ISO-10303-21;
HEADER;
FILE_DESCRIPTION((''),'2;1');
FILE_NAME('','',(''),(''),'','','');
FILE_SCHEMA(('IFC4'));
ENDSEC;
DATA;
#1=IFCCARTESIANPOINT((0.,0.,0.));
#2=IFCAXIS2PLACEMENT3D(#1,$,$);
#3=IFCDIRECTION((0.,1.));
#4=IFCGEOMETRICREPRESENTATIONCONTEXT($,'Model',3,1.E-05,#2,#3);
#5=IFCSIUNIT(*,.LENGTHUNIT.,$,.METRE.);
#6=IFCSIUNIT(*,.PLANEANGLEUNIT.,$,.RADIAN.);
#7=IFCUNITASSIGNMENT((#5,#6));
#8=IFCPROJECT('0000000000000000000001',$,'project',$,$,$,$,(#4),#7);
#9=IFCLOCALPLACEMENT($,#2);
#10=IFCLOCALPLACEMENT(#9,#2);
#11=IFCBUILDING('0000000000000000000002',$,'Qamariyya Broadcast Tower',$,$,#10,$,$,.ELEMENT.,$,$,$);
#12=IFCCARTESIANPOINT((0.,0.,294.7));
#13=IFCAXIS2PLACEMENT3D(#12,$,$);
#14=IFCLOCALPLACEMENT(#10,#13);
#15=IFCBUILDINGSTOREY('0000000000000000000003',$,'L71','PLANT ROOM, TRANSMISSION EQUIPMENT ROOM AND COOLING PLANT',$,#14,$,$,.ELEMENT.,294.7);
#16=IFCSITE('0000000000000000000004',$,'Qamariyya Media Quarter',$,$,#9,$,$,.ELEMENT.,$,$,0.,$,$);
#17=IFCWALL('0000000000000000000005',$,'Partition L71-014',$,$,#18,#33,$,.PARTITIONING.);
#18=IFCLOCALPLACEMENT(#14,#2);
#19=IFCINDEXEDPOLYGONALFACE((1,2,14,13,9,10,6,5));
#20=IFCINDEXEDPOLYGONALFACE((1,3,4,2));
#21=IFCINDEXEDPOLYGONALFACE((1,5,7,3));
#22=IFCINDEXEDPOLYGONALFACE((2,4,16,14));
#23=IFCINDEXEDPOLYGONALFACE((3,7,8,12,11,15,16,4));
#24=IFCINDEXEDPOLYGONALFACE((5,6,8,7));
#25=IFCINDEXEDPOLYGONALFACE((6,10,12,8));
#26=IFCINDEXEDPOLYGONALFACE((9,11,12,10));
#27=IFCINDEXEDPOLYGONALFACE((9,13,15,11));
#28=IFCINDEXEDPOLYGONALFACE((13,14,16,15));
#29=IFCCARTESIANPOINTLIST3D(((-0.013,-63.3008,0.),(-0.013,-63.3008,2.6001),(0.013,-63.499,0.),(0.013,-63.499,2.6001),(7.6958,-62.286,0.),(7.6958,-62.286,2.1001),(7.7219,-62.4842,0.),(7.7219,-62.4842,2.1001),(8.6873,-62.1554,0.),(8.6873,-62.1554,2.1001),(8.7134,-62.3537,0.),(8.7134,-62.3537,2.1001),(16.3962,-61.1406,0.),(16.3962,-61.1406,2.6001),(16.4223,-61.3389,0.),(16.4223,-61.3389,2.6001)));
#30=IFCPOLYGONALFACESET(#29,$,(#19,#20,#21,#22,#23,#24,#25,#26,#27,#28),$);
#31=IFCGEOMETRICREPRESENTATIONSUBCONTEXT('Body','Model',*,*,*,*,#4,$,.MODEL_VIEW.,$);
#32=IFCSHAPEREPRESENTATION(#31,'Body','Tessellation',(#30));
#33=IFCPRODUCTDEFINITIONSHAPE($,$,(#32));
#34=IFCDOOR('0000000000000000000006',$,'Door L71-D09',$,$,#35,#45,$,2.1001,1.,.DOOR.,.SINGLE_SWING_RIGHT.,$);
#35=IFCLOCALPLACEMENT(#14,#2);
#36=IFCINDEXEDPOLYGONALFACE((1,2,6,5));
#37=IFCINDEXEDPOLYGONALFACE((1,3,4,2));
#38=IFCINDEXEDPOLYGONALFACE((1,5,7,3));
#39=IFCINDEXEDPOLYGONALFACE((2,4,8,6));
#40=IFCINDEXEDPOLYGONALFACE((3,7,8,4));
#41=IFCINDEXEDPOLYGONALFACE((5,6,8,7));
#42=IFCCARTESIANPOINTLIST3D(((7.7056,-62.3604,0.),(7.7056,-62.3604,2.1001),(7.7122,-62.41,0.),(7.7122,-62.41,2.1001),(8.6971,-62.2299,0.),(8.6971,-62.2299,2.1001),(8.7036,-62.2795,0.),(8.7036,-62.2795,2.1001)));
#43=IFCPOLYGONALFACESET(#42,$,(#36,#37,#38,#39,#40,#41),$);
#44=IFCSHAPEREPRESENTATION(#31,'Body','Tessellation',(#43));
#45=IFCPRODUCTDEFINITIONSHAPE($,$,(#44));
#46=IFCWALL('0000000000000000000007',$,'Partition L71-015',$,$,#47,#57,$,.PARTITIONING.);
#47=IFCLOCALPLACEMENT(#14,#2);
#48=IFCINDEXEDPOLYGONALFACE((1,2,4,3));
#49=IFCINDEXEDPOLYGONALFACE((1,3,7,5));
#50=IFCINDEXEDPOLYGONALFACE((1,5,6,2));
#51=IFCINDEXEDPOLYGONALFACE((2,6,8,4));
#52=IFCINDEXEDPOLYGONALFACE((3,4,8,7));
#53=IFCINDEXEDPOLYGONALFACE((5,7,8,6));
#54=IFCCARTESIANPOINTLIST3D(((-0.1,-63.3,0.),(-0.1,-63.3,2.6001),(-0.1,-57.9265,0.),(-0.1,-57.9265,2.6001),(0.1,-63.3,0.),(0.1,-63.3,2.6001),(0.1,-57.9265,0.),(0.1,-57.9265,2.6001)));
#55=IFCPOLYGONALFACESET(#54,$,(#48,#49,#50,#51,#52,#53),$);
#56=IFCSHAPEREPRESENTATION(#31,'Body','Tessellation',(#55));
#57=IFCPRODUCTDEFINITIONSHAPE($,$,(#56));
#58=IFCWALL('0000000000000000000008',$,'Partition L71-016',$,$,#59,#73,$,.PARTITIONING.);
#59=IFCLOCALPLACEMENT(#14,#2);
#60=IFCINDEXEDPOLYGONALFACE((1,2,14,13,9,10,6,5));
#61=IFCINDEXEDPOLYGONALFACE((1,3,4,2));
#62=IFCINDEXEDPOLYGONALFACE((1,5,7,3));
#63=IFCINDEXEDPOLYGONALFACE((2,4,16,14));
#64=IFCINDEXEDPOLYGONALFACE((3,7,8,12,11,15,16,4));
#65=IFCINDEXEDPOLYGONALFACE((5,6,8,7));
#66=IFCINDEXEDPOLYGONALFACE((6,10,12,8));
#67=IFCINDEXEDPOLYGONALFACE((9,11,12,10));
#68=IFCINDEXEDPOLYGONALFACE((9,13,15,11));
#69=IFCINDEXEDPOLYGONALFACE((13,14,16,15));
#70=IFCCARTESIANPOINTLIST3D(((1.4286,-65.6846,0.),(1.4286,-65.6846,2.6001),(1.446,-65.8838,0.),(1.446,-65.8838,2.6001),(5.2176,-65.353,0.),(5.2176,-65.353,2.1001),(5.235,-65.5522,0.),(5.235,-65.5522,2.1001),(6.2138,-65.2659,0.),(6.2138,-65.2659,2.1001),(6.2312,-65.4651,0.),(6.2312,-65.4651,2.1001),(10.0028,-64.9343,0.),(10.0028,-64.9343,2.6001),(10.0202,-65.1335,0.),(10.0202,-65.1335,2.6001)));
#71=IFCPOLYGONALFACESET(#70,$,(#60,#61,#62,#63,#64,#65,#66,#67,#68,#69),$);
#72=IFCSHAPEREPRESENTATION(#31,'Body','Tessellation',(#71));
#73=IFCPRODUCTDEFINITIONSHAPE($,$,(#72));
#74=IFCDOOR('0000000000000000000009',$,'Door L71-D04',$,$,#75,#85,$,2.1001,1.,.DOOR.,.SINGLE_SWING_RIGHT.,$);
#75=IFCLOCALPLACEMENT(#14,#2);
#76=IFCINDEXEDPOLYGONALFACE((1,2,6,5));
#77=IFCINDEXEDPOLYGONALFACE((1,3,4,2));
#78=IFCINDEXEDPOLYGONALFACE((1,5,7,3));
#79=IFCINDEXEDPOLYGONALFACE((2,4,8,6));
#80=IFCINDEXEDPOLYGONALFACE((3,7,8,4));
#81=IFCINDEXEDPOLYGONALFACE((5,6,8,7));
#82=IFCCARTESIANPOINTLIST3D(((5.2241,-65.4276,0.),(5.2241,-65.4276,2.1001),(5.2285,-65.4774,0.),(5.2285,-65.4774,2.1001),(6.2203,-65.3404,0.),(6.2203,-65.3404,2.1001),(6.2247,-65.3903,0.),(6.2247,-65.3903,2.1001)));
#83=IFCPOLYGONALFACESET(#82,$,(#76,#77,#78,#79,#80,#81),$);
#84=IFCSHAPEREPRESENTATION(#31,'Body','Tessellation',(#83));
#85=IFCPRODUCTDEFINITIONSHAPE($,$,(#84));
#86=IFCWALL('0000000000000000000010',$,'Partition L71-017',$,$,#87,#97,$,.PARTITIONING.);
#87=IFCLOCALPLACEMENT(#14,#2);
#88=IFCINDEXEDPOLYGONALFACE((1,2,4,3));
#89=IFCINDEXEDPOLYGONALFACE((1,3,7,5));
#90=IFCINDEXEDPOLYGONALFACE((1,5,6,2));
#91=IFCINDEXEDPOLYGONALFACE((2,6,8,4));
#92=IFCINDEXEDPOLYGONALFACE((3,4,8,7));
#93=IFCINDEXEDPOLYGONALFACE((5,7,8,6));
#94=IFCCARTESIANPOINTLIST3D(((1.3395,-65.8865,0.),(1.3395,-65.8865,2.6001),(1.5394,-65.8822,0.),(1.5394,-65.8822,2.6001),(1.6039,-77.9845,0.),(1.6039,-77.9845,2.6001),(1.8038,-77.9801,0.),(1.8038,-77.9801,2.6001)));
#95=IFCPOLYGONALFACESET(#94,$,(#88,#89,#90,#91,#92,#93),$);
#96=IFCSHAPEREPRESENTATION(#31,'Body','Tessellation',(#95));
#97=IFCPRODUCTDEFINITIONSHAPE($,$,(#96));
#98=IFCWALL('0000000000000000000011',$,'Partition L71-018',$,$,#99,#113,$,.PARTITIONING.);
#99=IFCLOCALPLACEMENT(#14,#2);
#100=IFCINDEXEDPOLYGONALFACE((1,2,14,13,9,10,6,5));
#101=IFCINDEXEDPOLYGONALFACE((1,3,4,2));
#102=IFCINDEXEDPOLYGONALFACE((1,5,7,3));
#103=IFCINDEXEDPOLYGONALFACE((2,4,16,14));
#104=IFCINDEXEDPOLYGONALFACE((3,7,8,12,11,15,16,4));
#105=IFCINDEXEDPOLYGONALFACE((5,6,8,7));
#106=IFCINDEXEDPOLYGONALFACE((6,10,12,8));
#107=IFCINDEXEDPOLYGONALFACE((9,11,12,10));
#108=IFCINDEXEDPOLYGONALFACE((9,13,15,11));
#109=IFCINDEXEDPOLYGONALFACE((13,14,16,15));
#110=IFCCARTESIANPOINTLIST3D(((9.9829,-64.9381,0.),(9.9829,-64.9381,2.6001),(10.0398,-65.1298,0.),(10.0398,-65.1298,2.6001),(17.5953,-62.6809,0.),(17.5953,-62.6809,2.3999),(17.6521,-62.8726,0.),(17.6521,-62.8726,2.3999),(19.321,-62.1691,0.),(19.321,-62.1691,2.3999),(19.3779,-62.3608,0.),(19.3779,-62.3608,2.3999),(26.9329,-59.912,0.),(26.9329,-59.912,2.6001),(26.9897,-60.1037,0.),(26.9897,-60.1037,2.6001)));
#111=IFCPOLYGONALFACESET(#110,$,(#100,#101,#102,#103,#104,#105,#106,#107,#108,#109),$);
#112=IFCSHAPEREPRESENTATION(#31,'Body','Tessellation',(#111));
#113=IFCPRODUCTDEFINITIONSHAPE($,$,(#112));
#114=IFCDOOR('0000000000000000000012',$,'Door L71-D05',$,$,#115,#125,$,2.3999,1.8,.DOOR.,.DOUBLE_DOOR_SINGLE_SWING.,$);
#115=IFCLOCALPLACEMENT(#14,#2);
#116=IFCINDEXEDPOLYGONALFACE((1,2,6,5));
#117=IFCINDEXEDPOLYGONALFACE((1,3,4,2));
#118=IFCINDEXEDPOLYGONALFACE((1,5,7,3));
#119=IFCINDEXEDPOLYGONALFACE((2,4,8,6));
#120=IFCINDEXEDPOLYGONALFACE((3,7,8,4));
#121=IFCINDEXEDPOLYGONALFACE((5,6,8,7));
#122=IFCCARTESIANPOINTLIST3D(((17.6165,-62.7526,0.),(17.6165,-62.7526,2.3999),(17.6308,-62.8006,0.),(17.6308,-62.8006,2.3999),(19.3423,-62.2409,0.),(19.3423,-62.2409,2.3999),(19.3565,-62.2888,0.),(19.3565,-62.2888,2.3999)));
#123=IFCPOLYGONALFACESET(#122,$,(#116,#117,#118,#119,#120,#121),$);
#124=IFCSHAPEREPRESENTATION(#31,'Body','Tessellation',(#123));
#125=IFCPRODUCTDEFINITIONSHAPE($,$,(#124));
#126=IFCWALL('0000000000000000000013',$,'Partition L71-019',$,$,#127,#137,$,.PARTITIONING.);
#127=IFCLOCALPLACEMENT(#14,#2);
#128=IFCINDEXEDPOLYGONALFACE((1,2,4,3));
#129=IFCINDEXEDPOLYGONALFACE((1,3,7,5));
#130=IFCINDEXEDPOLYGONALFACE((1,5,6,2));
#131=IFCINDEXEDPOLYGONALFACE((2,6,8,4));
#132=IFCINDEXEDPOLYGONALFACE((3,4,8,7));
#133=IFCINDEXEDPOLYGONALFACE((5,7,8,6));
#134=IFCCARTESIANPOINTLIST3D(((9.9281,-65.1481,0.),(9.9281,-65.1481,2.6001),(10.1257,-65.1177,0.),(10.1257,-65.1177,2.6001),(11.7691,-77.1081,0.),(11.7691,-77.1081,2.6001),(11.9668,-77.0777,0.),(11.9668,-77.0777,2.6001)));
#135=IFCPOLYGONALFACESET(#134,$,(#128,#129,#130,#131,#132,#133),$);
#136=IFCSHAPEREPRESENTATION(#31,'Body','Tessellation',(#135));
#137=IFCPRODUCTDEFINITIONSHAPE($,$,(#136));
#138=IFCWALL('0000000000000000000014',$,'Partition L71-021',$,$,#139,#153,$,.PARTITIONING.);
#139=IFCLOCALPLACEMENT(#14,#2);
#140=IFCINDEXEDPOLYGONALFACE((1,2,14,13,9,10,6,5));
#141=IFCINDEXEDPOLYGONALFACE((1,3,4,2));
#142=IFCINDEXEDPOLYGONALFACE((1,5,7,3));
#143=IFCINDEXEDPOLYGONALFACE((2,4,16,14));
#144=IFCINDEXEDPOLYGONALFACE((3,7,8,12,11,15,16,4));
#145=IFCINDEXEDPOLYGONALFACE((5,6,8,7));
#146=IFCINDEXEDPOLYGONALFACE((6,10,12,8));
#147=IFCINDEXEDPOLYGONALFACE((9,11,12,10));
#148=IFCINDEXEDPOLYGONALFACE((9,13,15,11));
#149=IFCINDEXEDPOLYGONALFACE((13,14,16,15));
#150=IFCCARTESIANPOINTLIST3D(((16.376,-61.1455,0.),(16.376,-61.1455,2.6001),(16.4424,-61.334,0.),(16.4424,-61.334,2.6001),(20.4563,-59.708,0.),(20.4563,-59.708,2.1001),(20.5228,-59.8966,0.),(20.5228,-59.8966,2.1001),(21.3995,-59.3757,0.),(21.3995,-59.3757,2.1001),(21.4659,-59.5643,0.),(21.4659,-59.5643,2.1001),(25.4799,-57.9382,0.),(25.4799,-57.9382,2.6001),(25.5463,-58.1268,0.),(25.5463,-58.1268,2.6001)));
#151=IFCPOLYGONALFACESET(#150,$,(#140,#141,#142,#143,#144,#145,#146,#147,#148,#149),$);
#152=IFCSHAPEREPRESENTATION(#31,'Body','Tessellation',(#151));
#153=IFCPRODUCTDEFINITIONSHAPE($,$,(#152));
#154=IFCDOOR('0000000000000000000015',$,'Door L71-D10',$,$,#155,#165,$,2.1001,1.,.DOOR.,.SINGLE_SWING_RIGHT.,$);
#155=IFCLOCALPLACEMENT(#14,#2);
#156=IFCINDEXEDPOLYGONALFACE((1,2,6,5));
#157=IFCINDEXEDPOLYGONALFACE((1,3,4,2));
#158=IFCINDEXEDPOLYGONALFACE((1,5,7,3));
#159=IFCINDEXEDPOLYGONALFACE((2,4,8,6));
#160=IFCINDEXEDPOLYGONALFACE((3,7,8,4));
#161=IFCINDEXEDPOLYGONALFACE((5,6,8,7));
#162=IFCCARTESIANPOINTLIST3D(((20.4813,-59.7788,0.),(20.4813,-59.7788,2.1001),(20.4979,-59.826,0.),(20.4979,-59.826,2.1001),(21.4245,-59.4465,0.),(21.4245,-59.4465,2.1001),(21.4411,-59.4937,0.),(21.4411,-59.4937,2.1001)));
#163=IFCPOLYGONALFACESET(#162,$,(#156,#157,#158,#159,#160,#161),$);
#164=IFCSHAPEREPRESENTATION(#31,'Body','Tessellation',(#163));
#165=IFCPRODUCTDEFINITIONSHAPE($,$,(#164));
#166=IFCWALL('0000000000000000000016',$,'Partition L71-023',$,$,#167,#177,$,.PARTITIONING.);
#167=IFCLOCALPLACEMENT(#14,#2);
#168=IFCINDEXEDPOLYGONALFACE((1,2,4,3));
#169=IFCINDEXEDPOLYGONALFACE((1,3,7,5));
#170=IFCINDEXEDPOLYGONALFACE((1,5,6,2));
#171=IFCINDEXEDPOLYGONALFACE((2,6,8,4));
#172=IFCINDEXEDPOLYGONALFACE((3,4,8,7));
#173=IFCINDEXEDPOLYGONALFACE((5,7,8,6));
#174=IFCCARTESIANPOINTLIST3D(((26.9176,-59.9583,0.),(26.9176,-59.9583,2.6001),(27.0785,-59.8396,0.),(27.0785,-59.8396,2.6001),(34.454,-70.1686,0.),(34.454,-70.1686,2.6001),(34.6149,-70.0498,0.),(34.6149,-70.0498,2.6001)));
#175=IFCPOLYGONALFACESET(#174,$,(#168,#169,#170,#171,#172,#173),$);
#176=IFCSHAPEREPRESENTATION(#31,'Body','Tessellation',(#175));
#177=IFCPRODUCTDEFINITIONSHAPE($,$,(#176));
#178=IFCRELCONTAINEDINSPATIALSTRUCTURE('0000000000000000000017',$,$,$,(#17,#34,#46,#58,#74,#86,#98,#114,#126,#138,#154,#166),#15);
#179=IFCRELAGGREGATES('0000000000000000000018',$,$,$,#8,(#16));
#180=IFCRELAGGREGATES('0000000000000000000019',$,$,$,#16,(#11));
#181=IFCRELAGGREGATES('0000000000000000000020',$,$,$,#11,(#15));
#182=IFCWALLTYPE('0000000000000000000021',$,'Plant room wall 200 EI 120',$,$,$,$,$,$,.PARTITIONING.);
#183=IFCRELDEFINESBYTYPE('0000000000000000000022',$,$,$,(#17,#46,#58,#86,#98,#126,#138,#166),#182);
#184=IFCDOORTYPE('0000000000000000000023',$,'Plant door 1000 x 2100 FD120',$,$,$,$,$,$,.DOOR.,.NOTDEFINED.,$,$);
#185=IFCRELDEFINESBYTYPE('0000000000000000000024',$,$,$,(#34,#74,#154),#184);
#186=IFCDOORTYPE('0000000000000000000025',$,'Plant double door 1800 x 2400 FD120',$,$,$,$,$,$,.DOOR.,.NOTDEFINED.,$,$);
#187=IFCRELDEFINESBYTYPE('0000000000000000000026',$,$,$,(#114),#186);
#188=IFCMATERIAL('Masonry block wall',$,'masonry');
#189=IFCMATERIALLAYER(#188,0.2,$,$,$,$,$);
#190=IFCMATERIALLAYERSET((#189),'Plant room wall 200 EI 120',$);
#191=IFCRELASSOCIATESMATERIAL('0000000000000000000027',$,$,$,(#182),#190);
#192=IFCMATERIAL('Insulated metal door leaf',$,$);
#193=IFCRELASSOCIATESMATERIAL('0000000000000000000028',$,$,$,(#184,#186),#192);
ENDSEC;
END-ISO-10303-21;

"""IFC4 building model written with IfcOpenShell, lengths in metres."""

from ifc_helpers import new_model, si_unit, direction, frame, frame_2d, origin, place, context, subcontext, project, spatial, rectangle, extrude, material, layer, layer_set, type_object, element, fill, save


model = new_model("IFC4")

# Units and contexts
model_context = context("Model", 3, precision=1e-05, world=origin(), true_north=direction((0.0, 1.0)))
body_context = subcontext(model_context, "Body", "Model", "MODEL_VIEW")
ifc_project = project(units=[si_unit("LENGTHUNIT", "METRE"), si_unit("PLANEANGLEUNIT", "RADIAN")], contexts=[model_context])

# Site, building, storey
site_placement = place(None, origin())
site = spatial("IfcSite", under=ifc_project, at=site_placement, Name="Qamariyya Media Quarter", CompositionType="ELEMENT", RefElevation=0.0)
building_placement = place(site_placement, origin())
building = spatial("IfcBuilding", under=site, at=building_placement, Name="Qamariyya Broadcast Tower", CompositionType="ELEMENT")
storey_placement = place(building_placement, frame((0.0, 0.0, 294.7)))
storey = spatial("IfcBuildingStorey", under=building, at=storey_placement, Name="L71", Description="PLANT ROOM, TRANSMISSION EQUIPMENT ROOM AND COOLING PLANT", CompositionType="ELEMENT", Elevation=294.7)

# Wall, opening, door
ifc_material_1 = material(Name="Masonry block wall", Category="masonry")
ifc_layer_1 = layer(ifc_material_1, 0.2)
ifc_layer_set_1 = layer_set([ifc_layer_1], Name="Plant room wall 200 EI 120")
wall_type_1 = type_object("IfcWallType", Name="Plant room wall 200 EI 120", PredefinedType="PARTITIONING", material=ifc_layer_set_1)
ifc_material_2 = material(Name="Insulated metal door leaf")
door_type_1 = type_object("IfcDoorType", Name="Plant door 1000 x 2100 FD120", OperationType="NOTDEFINED", PredefinedType="DOOR", material=ifc_material_2)
wall_1_placement = place(storey_placement, frame((0.0, -63.3999, 0.0), z_axis=(0.0, 0.0, 1.0), x_axis=(0.991446, 0.130517, 0.0)))
wall_1 = element("IfcWall", 1, at=wall_1_placement, inside=storey, type_object=wall_type_1, Name="Partition L71-014", PredefinedType="PARTITIONING", context=body_context, shape_type="SweptSolid", body=[
    extrude(rectangle(XDim=16.5508, YDim=0.2, at=frame_2d((8.2754, 0.0))), origin(), (0.0, 0.0, 1.0), 2.6001),
])
opening_1_placement = place(wall_1_placement, frame((7.7754, 0.0, 0.0)))
opening_1 = element("IfcOpeningElement", 2, at=opening_1_placement, cuts=wall_1, PredefinedType="OPENING", context=body_context, shape_type="SweptSolid", body=[
    extrude(rectangle(XDim=1.0, YDim=2.1001, at=frame_2d((0.5, 1.05))), frame((0.0, 0.1099, 0.0), z_axis=(0.0, -1.0, 0.0), x_axis=(1.0, 0.0, 0.0)), (0.0, 0.0, 1.0), 0.22),
])
door_1_placement = place(opening_1_placement, origin())
door_1 = element("IfcDoor", 3, at=door_1_placement, inside=storey, type_object=door_type_1, Name="Door L71-D09", OperationType="SINGLE_SWING_RIGHT", OverallHeight=2.1001, OverallWidth=1.0, PredefinedType="DOOR", context=body_context, shape_type="SweptSolid", body=[
    extrude(rectangle(XDim=1.0, YDim=2.1001, at=frame_2d((0.5, 1.05))), frame((0.0, 0.0249, 0.0), z_axis=(0.0, -1.0, 0.0), x_axis=(1.0, 0.0, 0.0)), (0.0, 0.0, 1.0), 0.05),
])
fill(opening_1, door_1)

# Wall
wall_2_placement = place(storey_placement, frame((0.0, -57.9265, 0.0), z_axis=(0.0, 0.0, 1.0), x_axis=(0.0, -1.0, 0.0)))
element("IfcWall", 4, at=wall_2_placement, inside=storey, type_object=wall_type_1, Name="Partition L71-015", PredefinedType="PARTITIONING", context=body_context, shape_type="SweptSolid", body=[
    extrude(rectangle(XDim=5.3735, YDim=0.2, at=frame_2d((2.6868, 0.0))), origin(), (0.0, 0.0, 1.0), 2.6001),
])

# Wall, opening, door
wall_3_placement = place(storey_placement, frame((10.0115, -65.0339, 0.0), z_axis=(0.0, 0.0, 1.0), x_axis=(-0.996194, -0.087167, 0.0)))
wall_3 = element("IfcWall", 5, at=wall_3_placement, inside=storey, type_object=wall_type_1, Name="Partition L71-016", PredefinedType="PARTITIONING", context=body_context, shape_type="SweptSolid", body=[
    extrude(rectangle(XDim=8.6069, YDim=0.2, at=frame_2d((4.3035, 0.0))), origin(), (0.0, 0.0, 1.0), 2.6001),
])
opening_2_placement = place(wall_3_placement, frame((3.8035, 0.0, 0.0)))
opening_2 = element("IfcOpeningElement", 6, at=opening_2_placement, cuts=wall_3, PredefinedType="OPENING", context=body_context, shape_type="SweptSolid", body=[
    extrude(rectangle(XDim=1.0, YDim=2.1001, at=frame_2d((0.5, 1.05))), frame((0.0, 0.1099, 0.0), z_axis=(0.0, -1.0, 0.0), x_axis=(1.0, 0.0, 0.0)), (0.0, 0.0, 1.0), 0.22),
])
door_2_placement = place(opening_2_placement, origin())
door_2 = element("IfcDoor", 7, at=door_2_placement, inside=storey, type_object=door_type_1, Name="Door L71-D04", OperationType="SINGLE_SWING_RIGHT", OverallHeight=2.1001, OverallWidth=1.0, PredefinedType="DOOR", context=body_context, shape_type="SweptSolid", body=[
    extrude(rectangle(XDim=1.0, YDim=2.1001, at=frame_2d((0.5, 1.05))), frame((0.0, 0.0249, 0.0), z_axis=(0.0, -1.0, 0.0), x_axis=(1.0, 0.0, 0.0)), (0.0, 0.0, 1.0), 0.05),
])
fill(opening_2, door_2)

# Wall
wall_4_placement = place(storey_placement, frame((1.7039, -77.9822, 0.0), z_axis=(0.0, 0.0, 1.0), x_axis=(-0.02185, 0.999761, 0.0)))
element("IfcWall", 8, at=wall_4_placement, inside=storey, type_object=wall_type_1, Name="Partition L71-017", PredefinedType="PARTITIONING", context=body_context, shape_type="SweptSolid", body=[
    extrude(rectangle(XDim=12.1008, YDim=0.2, at=frame_2d((6.0503, 0.0))), origin(), (0.0, 0.0, 1.0), 2.6001),
])

# Wall, opening, door
wall_5_placement = place(storey_placement, frame((26.9614, -60.0078, 0.0), z_axis=(0.0, 0.0, 1.0), x_axis=(-0.958738, -0.284292, 0.0)))
wall_5 = element("IfcWall", 9, at=wall_5_placement, inside=storey, type_object=wall_type_1, Name="Partition L71-018", PredefinedType="PARTITIONING", context=body_context, shape_type="SweptSolid", body=[
    extrude(rectangle(XDim=17.6794, YDim=0.2, at=frame_2d((8.8398, 0.0))), origin(), (0.0, 0.0, 1.0), 2.6001),
])
opening_3_placement = place(wall_5_placement, frame((7.9397, 0.0, 0.0)))
opening_3 = element("IfcOpeningElement", 10, at=opening_3_placement, cuts=wall_5, PredefinedType="OPENING", context=body_context, shape_type="SweptSolid", body=[
    extrude(rectangle(XDim=1.8, YDim=2.3999, at=frame_2d((0.8999, 1.2))), frame((0.0, 0.1099, 0.0), z_axis=(0.0, -1.0, 0.0), x_axis=(1.0, 0.0, 0.0)), (0.0, 0.0, 1.0), 0.22),
])
door_type_2 = type_object("IfcDoorType", Name="Plant double door 1800 x 2400 FD120", OperationType="NOTDEFINED", PredefinedType="DOOR", material=ifc_material_2)
door_3_placement = place(opening_3_placement, origin())
door_3 = element("IfcDoor", 11, at=door_3_placement, inside=storey, type_object=door_type_2, Name="Door L71-D05", OperationType="DOUBLE_DOOR_SINGLE_SWING", OverallHeight=2.3999, OverallWidth=1.8, PredefinedType="DOOR", context=body_context, shape_type="SweptSolid", body=[
    extrude(rectangle(XDim=1.8, YDim=2.3999, at=frame_2d((0.8999, 1.2))), frame((0.0, 0.0249, 0.0), z_axis=(0.0, -1.0, 0.0), x_axis=(1.0, 0.0, 0.0)), (0.0, 0.0, 1.0), 0.05),
])
fill(opening_3, door_3)

# Wall
wall_6_placement = place(storey_placement, frame((11.8679, -77.0928, 0.0), z_axis=(0.0, 0.0, 1.0), x_axis=(-0.152144, 0.988358, 0.0)))
element("IfcWall", 12, at=wall_6_placement, inside=storey, type_object=wall_type_1, Name="Partition L71-019", PredefinedType="PARTITIONING", context=body_context, shape_type="SweptSolid", body=[
    extrude(rectangle(XDim=12.1008, YDim=0.2, at=frame_2d((6.0503, 0.0))), origin(), (0.0, 0.0, 1.0), 2.6001),
])

# Wall, opening, door
wall_7_placement = place(storey_placement, frame((16.4092, -61.2397, 0.0), z_axis=(0.0, 0.0, 1.0), x_axis=(0.943182, 0.332276, 0.0)))
wall_7 = element("IfcWall", 13, at=wall_7_placement, inside=storey, type_object=wall_type_1, Name="Partition L71-021", PredefinedType="PARTITIONING", context=body_context, shape_type="SweptSolid", body=[
    extrude(rectangle(XDim=9.6523, YDim=0.2, at=frame_2d((4.8262, 0.0))), origin(), (0.0, 0.0, 1.0), 2.6001),
])
opening_4_placement = place(wall_7_placement, frame((4.3262, 0.0, 0.0)))
opening_4 = element("IfcOpeningElement", 14, at=opening_4_placement, cuts=wall_7, PredefinedType="OPENING", context=body_context, shape_type="SweptSolid", body=[
    extrude(rectangle(XDim=1.0, YDim=2.1001, at=frame_2d((0.5, 1.05))), frame((0.0, 0.1099, 0.0), z_axis=(0.0, -1.0, 0.0), x_axis=(1.0, 0.0, 0.0)), (0.0, 0.0, 1.0), 0.22),
])
door_4_placement = place(opening_4_placement, origin())
door_4 = element("IfcDoor", 15, at=door_4_placement, inside=storey, type_object=door_type_1, Name="Door L71-D10", OperationType="SINGLE_SWING_RIGHT", OverallHeight=2.1001, OverallWidth=1.0, PredefinedType="DOOR", context=body_context, shape_type="SweptSolid", body=[
    extrude(rectangle(XDim=1.0, YDim=2.1001, at=frame_2d((0.5, 1.05))), frame((0.0, 0.0249, 0.0), z_axis=(0.0, -1.0, 0.0), x_axis=(1.0, 0.0, 0.0)), (0.0, 0.0, 1.0), 0.05),
])
fill(opening_4, door_4)

# Wall
wall_8_placement = place(storey_placement, frame((26.998, -59.8989, 0.0), z_axis=(0.0, 0.0, 1.0), x_axis=(0.593866, -0.804564, 0.0)))
element("IfcWall", 16, at=wall_8_placement, inside=storey, type_object=wall_type_1, Name="Partition L71-023", PredefinedType="PARTITIONING", context=body_context, shape_type="SweptSolid", body=[
    extrude(rectangle(XDim=12.6904, YDim=0.2, at=frame_2d((6.3452, 0.0))), origin(), (0.0, 0.0, 1.0), 2.6001),
])

save(model, "model.ifc")
